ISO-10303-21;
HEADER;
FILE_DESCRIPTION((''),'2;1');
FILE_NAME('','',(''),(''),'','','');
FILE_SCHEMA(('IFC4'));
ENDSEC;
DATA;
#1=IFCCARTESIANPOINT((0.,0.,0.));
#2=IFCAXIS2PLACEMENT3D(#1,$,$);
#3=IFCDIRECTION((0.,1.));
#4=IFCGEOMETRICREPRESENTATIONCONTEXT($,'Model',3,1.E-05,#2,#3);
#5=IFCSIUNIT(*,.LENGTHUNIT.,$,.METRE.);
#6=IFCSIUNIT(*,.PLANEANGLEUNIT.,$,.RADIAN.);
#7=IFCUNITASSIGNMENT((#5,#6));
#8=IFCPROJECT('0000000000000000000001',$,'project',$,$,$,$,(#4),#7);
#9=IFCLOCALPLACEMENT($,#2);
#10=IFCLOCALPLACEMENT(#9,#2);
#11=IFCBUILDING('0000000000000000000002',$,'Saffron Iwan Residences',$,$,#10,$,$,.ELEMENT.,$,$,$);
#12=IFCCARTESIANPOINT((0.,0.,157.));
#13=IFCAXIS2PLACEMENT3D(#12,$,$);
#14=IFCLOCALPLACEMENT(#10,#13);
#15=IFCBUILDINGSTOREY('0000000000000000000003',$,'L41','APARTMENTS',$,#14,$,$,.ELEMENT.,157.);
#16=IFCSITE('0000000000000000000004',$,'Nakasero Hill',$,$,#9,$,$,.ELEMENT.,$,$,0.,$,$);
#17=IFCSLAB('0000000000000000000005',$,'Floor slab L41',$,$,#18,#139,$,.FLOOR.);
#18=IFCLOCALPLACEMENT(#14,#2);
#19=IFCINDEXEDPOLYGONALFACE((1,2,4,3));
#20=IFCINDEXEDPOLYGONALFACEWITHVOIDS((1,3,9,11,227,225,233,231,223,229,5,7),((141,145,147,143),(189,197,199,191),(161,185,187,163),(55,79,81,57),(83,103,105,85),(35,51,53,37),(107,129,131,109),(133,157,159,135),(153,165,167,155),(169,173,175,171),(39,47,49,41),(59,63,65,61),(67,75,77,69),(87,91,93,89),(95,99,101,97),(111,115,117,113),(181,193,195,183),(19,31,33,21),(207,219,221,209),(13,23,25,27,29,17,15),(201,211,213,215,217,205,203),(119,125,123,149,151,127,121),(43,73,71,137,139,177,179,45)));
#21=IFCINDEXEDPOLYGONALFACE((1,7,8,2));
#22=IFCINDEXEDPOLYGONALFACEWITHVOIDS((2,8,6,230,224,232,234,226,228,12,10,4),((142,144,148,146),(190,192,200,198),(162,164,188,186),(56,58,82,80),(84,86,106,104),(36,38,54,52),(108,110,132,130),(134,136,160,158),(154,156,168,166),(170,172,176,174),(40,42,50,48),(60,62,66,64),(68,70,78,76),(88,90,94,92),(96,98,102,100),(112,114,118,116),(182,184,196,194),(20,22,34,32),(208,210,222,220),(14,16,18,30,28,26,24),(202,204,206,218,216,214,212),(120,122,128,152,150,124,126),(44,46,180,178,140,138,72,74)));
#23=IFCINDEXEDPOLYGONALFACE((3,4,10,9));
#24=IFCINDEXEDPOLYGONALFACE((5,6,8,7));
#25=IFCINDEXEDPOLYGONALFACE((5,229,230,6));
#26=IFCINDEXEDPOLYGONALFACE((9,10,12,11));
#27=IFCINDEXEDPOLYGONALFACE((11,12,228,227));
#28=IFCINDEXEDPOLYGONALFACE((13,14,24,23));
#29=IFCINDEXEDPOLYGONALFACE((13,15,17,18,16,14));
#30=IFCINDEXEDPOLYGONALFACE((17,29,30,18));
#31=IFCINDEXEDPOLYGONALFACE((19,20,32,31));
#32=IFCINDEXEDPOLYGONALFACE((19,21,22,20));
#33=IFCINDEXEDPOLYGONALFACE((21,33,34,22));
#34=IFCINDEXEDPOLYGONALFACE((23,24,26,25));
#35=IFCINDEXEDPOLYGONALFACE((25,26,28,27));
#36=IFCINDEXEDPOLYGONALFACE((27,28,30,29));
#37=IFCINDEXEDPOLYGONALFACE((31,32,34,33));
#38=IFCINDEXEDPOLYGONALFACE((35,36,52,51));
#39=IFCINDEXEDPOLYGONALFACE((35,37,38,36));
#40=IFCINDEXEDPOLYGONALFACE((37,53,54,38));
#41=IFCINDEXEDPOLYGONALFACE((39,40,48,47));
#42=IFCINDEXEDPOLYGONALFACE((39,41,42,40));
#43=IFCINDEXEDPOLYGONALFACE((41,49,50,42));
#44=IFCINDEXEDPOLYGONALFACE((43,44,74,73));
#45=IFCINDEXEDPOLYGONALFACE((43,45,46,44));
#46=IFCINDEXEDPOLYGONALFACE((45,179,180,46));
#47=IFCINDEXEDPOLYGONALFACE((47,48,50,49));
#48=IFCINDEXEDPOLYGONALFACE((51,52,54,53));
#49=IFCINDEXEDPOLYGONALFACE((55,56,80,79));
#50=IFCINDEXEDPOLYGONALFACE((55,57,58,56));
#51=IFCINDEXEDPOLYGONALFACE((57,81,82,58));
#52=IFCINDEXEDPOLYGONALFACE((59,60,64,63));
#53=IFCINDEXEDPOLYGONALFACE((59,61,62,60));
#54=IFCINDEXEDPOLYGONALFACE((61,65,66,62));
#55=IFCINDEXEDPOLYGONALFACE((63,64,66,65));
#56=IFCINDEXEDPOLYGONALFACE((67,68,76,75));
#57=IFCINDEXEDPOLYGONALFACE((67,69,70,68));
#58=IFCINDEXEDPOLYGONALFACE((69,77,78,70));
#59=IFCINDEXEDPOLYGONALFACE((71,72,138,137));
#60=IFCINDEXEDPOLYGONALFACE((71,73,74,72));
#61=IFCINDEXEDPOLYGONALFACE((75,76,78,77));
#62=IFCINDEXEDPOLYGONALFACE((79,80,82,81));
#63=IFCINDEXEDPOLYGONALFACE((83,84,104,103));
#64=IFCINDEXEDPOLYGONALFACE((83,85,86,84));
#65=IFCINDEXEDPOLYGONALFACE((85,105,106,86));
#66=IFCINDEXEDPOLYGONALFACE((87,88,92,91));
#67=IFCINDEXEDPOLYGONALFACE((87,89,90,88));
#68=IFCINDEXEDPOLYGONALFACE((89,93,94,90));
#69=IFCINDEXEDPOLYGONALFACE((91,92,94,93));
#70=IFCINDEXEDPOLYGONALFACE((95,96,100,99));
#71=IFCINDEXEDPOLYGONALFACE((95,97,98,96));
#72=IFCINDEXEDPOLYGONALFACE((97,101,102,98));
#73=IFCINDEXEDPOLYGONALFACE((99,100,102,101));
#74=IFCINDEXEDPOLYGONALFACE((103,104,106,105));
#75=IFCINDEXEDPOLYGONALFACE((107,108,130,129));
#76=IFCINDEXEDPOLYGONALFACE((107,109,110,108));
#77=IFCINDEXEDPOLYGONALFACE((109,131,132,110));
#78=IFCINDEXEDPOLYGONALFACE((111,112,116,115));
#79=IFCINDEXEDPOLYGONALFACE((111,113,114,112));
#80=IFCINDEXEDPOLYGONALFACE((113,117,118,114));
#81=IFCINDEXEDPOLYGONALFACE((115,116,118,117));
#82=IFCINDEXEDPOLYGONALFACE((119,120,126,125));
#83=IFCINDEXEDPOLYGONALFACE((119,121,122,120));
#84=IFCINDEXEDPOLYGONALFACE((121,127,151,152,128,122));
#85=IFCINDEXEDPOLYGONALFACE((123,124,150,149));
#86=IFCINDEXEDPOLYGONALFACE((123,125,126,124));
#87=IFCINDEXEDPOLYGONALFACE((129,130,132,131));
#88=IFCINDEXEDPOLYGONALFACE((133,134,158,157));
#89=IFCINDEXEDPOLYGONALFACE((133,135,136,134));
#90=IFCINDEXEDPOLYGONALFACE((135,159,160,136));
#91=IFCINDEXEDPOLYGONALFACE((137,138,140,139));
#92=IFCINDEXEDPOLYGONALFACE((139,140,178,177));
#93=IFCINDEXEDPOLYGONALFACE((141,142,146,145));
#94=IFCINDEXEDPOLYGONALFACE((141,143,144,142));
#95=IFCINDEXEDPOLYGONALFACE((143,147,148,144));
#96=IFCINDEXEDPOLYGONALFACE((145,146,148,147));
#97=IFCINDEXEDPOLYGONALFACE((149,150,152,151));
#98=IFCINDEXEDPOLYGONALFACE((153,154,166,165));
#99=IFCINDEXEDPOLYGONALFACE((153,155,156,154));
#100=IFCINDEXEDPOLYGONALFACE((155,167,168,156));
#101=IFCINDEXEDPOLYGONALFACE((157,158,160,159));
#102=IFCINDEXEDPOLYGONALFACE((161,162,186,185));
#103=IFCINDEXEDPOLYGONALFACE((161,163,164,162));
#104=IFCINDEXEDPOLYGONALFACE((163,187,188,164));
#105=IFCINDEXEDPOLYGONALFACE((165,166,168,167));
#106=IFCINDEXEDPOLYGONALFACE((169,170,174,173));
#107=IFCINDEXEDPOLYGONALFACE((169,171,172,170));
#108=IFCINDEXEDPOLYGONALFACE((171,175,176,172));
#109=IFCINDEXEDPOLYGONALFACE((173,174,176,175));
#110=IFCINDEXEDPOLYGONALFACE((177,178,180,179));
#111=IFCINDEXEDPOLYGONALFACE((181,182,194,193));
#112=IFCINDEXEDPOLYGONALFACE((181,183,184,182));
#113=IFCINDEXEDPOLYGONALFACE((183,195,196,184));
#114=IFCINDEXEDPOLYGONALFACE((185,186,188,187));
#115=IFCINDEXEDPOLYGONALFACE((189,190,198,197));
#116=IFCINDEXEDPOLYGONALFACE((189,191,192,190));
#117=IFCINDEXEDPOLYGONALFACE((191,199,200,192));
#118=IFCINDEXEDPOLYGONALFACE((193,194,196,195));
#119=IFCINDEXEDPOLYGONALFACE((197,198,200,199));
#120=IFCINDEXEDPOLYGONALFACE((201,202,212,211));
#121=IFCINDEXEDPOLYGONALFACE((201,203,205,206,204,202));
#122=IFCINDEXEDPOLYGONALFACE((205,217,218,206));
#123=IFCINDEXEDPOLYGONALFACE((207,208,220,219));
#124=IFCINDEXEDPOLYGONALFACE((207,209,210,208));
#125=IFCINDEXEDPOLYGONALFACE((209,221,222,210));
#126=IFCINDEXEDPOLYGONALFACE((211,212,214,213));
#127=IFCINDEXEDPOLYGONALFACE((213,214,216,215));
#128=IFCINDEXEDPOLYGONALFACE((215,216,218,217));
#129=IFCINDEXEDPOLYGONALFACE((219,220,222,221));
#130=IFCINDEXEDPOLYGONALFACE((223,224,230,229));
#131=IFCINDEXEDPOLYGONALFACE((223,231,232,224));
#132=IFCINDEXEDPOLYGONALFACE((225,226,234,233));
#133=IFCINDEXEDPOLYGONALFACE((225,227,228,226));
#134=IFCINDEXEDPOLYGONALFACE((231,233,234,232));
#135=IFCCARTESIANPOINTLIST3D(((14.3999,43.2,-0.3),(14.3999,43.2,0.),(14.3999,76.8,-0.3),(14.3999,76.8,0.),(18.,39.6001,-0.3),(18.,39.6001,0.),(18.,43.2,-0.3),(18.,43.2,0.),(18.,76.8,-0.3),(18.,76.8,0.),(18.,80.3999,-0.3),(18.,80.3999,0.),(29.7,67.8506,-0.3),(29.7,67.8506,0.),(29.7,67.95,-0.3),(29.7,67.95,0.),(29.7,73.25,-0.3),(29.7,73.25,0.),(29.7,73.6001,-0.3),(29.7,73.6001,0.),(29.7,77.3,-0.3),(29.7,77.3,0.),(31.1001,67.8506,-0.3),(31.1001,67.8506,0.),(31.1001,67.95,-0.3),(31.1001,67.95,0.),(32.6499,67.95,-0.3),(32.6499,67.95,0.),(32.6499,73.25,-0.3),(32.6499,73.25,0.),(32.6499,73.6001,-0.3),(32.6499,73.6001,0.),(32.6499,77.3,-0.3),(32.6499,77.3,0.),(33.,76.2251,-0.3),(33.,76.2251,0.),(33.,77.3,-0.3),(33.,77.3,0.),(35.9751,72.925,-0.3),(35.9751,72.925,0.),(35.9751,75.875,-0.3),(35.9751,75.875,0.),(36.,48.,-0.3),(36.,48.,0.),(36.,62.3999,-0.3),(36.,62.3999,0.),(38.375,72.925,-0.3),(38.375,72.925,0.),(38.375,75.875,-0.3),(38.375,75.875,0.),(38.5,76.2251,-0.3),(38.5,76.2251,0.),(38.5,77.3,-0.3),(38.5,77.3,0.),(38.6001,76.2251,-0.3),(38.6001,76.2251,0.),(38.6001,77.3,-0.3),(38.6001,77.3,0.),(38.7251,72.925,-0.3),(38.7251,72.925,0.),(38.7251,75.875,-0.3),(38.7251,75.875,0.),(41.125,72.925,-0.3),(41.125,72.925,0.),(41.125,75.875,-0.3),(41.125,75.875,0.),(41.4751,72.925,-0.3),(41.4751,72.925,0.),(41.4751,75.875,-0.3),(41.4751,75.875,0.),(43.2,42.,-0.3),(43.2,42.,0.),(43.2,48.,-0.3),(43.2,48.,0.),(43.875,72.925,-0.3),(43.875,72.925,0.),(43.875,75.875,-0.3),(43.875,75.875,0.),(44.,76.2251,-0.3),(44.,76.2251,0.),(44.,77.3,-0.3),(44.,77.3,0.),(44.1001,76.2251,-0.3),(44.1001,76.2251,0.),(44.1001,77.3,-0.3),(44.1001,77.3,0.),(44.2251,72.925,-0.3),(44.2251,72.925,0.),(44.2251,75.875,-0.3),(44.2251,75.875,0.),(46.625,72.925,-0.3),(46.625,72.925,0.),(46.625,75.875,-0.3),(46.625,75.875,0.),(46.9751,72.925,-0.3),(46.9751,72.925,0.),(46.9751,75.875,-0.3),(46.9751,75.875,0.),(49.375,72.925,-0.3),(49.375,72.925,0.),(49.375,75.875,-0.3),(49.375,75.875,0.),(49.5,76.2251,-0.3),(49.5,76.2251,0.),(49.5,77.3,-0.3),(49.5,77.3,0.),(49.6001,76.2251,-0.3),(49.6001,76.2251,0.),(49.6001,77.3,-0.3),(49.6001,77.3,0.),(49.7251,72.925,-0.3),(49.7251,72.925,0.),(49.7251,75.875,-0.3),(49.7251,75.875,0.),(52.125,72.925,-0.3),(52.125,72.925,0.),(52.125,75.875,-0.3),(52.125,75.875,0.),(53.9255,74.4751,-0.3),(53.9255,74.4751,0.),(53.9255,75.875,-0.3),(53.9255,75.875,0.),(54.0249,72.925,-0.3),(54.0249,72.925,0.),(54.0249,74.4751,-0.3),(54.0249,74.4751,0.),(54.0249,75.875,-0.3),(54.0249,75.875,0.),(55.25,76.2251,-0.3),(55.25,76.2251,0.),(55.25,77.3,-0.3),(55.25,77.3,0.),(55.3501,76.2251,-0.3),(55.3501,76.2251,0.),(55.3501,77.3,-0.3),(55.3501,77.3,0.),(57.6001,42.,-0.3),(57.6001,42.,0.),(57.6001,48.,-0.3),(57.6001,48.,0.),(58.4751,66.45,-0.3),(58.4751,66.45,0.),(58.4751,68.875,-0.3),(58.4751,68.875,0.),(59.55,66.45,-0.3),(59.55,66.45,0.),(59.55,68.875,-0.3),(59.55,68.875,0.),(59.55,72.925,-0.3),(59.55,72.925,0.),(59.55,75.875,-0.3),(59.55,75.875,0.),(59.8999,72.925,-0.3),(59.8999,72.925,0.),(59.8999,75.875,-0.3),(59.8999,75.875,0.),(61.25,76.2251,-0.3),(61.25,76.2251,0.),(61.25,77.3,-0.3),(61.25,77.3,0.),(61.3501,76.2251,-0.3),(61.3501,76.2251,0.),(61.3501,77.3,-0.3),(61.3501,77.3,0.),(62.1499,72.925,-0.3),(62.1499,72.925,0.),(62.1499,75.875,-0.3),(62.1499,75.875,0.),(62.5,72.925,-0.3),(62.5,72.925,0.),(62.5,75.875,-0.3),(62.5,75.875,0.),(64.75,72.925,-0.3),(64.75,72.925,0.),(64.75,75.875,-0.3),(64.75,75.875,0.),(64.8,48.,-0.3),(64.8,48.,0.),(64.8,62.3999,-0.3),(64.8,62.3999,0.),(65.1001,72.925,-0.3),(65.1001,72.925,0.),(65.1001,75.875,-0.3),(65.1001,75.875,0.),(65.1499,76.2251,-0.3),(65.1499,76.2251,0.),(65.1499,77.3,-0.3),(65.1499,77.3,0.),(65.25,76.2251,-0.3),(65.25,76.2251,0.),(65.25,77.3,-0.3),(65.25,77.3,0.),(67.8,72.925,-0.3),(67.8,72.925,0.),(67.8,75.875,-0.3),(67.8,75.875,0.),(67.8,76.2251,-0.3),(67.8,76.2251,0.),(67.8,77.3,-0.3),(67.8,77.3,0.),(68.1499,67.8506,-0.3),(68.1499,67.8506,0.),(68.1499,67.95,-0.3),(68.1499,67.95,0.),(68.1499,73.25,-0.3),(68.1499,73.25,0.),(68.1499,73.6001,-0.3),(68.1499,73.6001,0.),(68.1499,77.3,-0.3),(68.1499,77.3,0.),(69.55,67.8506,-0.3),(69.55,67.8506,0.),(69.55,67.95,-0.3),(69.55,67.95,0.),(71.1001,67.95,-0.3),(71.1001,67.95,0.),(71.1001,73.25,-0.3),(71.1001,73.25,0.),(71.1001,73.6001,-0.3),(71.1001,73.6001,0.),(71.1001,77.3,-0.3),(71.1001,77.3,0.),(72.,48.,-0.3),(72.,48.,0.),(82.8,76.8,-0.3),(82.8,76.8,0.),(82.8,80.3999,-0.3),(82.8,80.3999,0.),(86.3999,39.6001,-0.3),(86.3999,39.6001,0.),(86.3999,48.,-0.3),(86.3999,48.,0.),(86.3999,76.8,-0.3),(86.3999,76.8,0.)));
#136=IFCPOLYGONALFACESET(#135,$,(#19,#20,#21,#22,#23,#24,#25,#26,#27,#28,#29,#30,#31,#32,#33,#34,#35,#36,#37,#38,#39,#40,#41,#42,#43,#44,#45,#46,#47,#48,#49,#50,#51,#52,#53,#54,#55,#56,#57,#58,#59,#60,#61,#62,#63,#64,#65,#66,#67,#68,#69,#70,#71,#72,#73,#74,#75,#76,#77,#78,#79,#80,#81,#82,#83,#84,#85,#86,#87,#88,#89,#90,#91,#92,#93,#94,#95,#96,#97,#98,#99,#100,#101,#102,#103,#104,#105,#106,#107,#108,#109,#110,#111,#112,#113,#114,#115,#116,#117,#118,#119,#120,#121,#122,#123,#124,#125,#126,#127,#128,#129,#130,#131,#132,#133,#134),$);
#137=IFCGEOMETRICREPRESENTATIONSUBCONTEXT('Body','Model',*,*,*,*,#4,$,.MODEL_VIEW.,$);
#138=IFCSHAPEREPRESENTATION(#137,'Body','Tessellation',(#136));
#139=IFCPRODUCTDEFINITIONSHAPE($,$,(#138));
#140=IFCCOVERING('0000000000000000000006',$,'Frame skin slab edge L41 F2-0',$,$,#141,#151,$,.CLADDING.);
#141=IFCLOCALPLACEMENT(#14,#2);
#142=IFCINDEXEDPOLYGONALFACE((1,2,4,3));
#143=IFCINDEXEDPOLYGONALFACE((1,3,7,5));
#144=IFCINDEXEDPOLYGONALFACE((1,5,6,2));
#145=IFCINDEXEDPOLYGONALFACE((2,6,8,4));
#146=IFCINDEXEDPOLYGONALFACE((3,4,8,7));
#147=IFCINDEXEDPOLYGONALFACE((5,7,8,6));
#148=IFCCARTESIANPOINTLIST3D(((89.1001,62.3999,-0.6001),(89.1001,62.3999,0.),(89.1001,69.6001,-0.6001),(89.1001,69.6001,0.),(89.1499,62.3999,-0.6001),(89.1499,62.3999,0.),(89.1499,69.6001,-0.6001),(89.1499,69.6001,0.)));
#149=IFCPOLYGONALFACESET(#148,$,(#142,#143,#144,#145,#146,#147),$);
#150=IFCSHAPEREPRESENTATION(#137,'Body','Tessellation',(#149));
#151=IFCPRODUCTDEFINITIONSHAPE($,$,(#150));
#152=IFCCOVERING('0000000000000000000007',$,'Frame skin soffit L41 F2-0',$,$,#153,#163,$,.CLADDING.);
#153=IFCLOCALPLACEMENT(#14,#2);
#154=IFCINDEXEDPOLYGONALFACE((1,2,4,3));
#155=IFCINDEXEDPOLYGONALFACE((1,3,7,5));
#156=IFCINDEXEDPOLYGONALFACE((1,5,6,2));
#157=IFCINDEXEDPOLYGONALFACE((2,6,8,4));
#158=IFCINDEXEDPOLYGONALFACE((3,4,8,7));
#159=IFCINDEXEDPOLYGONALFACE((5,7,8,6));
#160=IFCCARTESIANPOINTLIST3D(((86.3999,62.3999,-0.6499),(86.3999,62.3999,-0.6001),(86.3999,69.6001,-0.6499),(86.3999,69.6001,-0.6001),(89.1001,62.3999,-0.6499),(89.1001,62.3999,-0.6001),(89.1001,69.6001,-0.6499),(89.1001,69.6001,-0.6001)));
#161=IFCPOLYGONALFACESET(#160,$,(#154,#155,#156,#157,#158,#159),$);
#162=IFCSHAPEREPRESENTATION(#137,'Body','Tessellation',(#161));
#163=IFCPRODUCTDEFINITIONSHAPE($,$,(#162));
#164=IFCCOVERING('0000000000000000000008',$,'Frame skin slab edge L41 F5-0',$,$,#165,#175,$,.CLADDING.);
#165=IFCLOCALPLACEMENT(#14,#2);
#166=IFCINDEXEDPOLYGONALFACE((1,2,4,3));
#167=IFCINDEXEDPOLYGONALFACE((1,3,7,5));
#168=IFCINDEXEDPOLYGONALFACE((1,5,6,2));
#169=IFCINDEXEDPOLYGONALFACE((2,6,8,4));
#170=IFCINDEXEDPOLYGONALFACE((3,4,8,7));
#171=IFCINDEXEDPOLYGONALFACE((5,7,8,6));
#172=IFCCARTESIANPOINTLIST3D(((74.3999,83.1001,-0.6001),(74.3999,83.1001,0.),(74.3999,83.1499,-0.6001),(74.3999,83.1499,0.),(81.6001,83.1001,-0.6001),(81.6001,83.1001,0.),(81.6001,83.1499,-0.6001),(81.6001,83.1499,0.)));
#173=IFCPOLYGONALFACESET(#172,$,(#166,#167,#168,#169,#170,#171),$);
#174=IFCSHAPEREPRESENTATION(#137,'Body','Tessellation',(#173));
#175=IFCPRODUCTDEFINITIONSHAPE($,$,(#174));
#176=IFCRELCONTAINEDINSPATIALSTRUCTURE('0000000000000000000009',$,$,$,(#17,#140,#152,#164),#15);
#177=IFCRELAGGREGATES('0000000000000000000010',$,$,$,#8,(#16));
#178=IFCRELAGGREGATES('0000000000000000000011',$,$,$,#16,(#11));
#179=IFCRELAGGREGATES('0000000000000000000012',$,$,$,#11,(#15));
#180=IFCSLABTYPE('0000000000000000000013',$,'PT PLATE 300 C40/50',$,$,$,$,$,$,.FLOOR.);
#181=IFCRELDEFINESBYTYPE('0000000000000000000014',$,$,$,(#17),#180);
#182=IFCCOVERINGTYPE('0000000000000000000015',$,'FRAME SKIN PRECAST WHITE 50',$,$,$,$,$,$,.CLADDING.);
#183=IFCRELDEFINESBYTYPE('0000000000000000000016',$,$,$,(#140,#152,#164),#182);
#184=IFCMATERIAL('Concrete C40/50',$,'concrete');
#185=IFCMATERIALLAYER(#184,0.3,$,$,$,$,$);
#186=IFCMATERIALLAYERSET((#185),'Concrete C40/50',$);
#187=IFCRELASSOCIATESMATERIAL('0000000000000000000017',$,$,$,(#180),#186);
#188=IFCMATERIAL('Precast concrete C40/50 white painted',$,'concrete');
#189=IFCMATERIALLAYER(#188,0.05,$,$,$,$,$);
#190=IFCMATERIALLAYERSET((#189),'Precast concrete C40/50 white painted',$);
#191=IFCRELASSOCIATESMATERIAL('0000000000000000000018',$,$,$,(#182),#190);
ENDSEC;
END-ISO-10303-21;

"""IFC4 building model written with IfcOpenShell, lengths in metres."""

from ifc_helpers import new_model, si_unit, direction, frame, origin, place, context, subcontext, project, spatial, polyline, outline, extrude, material, layer, layer_set, type_object, element, save


model = new_model("IFC4")

# Units and contexts
model_context = context("Model", 3, precision=1e-05, world=origin(), true_north=direction((0.0, 1.0)))
body_context = subcontext(model_context, "Body", "Model", "MODEL_VIEW")
ifc_project = project(units=[si_unit("LENGTHUNIT", "METRE"), si_unit("PLANEANGLEUNIT", "RADIAN")], contexts=[model_context])

# Site, building, storey
site_placement = place(None, origin())
site = spatial("IfcSite", under=ifc_project, at=site_placement, Name="Nakasero Hill", CompositionType="ELEMENT", RefElevation=0.0)
building_placement = place(site_placement, origin())
building = spatial("IfcBuilding", under=site, at=building_placement, Name="Saffron Iwan Residences", CompositionType="ELEMENT")
storey_placement = place(building_placement, frame((0.0, 0.0, 157.0)))
storey = spatial("IfcBuildingStorey", under=building, at=storey_placement, Name="L41", Description="APARTMENTS", CompositionType="ELEMENT", Elevation=157.0)

# Slab
ifc_material_1 = material(Name="Concrete C40/50", Category="concrete")
ifc_layer_1 = layer(ifc_material_1, 0.3)
ifc_layer_set_1 = layer_set([ifc_layer_1], Name="Concrete C40/50")
slab_type_1 = type_object("IfcSlabType", Name="PT PLATE 300 C40/50", PredefinedType="FLOOR", material=ifc_layer_set_1)
slab_1_placement = place(storey_placement, frame((0.0, 0.0, -0.3)))
element("IfcSlab", 1, at=slab_1_placement, inside=storey, type_object=slab_type_1, Name="Floor slab L41", PredefinedType="FLOOR", context=body_context, shape_type="SweptSolid", body=[
    extrude(outline(polyline([(14.3999, 43.2), (14.3999, 76.8), (18.0, 76.8), (18.0, 80.3999), (82.8, 80.3999), (82.8, 76.8), (86.3999, 76.8), (86.3999, 48.0), (72.0, 48.0), (86.3999, 39.6001), (18.0, 39.6001), (18.0, 43.2), (14.3999, 43.2)]), holes=[polyline([(64.8, 48.0), (64.8, 62.3999), (36.0, 62.3999), (36.0, 48.0), (43.2, 48.0), (43.2, 42.0), (57.6001, 42.0), (57.6001, 48.0), (64.8, 48.0)]), polyline([(29.7, 73.25), (29.7, 67.95), (29.7, 67.8506), (31.1001, 67.8506), (31.1001, 67.95), (32.6499, 67.95), (32.6499, 73.25), (29.7, 73.25)]), polyline([(38.375, 75.875), (35.9751, 75.875), (35.9751, 72.925), (38.375, 72.925), (38.375, 75.875)]), polyline([(41.125, 75.875), (38.7251, 75.875), (38.7251, 72.925), (41.125, 72.925), (41.125, 75.875)]), polyline([(43.875, 72.925), (43.875, 75.875), (41.4751, 75.875), (41.4751, 72.925), (43.875, 72.925)]), polyline([(46.625, 72.925), (46.625, 75.875), (44.2251, 75.875), (44.2251, 72.925), (46.625, 72.925)]), polyline([(49.375, 75.875), (46.9751, 75.875), (46.9751, 72.925), (49.375, 72.925), (49.375, 75.875)]), polyline([(52.125, 72.925), (52.125, 75.875), (49.7251, 75.875), (49.7251, 72.925), (52.125, 72.925)]), polyline([(32.6499, 73.6001), (32.6499, 77.3), (29.7, 77.3), (29.7, 73.6001), (32.6499, 73.6001)]), polyline([(38.5, 77.3), (33.0, 77.3), (33.0, 76.2251), (38.5, 76.2251), (38.5, 77.3)]), polyline([(44.0, 76.2251), (44.0, 77.3), (38.6001, 77.3), (38.6001, 76.2251), (44.0, 76.2251)]), polyline([(49.5, 76.2251), (49.5, 77.3), (44.1001, 77.3), (44.1001, 76.2251), (49.5, 76.2251)]), polyline([(59.55, 68.875), (58.4751, 68.875), (58.4751, 66.45), (59.55, 66.45), (59.55, 68.875)]), polyline([(68.1499, 73.25), (68.1499, 67.95), (68.1499, 67.8506), (69.55, 67.8506), (69.55, 67.95), (71.1001, 67.95), (71.1001, 73.25), (68.1499, 73.25)]), polyline([(54.0249, 74.4751), (54.0249, 72.925), (59.55, 72.925), (59.55, 75.875), (54.0249, 75.875), (53.9255, 75.875), (53.9255, 74.4751), (54.0249, 74.4751)]), polyline([(62.1499, 72.925), (62.1499, 75.875), (59.8999, 75.875), (59.8999, 72.925), (62.1499, 72.925)]), polyline([(64.75, 72.925), (64.75, 75.875), (62.5, 75.875), (62.5, 72.925), (64.75, 72.925)]), polyline([(67.8, 75.875), (65.1001, 75.875), (65.1001, 72.925), (67.8, 72.925), (67.8, 75.875)]), polyline([(71.1001, 73.6001), (71.1001, 77.3), (68.1499, 77.3), (68.1499, 73.6001), (71.1001, 73.6001)]), polyline([(55.25, 76.2251), (55.25, 77.3), (49.6001, 77.3), (49.6001, 76.2251), (55.25, 76.2251)]), polyline([(61.25, 77.3), (55.3501, 77.3), (55.3501, 76.2251), (61.25, 76.2251), (61.25, 77.3)]), polyline([(65.1499, 76.2251), (65.1499, 77.3), (61.3501, 77.3), (61.3501, 76.2251), (65.1499, 76.2251)]), polyline([(67.8, 76.2251), (67.8, 77.3), (65.25, 77.3), (65.25, 76.2251), (67.8, 76.2251)])]), origin(), (0.0, 0.0, 1.0), 0.3),
])

# Coverings
ifc_material_2 = material(Name="Precast concrete C40/50 white painted", Category="concrete")
ifc_layer_2 = layer(ifc_material_2, 0.05)
ifc_layer_set_2 = layer_set([ifc_layer_2], Name="Precast concrete C40/50 white painted")
covering_type_1 = type_object("IfcCoveringType", Name="FRAME SKIN PRECAST WHITE 50", PredefinedType="CLADDING", material=ifc_layer_set_2)
covering_1_placement = place(storey_placement, frame((0.0, 0.0, -0.6001)))
element("IfcCovering", 2, at=covering_1_placement, inside=storey, type_object=covering_type_1, Name="Frame skin slab edge L41 F2-0", PredefinedType="CLADDING", context=body_context, shape_type="SweptSolid", body=[
    extrude(outline(polyline([(89.1499, 62.3999), (89.1499, 69.6001), (89.1001, 69.6001), (89.1001, 62.3999), (89.1499, 62.3999)])), origin(), (0.0, 0.0, 1.0), 0.6001),
])
covering_2_placement = place(storey_placement, frame((0.0, 0.0, -0.6499)))
element("IfcCovering", 3, at=covering_2_placement, inside=storey, type_object=covering_type_1, Name="Frame skin soffit L41 F2-0", PredefinedType="CLADDING", context=body_context, shape_type="SweptSolid", body=[
    extrude(outline(polyline([(89.1001, 62.3999), (89.1001, 69.6001), (86.3999, 69.6001), (86.3999, 62.3999), (89.1001, 62.3999)])), origin(), (0.0, 0.0, 1.0), 0.0498),
])
covering_3_placement = place(storey_placement, frame((0.0, 0.0, -0.6001)))
element("IfcCovering", 4, at=covering_3_placement, inside=storey, type_object=covering_type_1, Name="Frame skin slab edge L41 F5-0", PredefinedType="CLADDING", context=body_context, shape_type="SweptSolid", body=[
    extrude(outline(polyline([(81.6001, 83.1499), (74.3999, 83.1499), (74.3999, 83.1001), (81.6001, 83.1001), (81.6001, 83.1499)])), origin(), (0.0, 0.0, 1.0), 0.6001),
])

save(model, "model.ifc")
